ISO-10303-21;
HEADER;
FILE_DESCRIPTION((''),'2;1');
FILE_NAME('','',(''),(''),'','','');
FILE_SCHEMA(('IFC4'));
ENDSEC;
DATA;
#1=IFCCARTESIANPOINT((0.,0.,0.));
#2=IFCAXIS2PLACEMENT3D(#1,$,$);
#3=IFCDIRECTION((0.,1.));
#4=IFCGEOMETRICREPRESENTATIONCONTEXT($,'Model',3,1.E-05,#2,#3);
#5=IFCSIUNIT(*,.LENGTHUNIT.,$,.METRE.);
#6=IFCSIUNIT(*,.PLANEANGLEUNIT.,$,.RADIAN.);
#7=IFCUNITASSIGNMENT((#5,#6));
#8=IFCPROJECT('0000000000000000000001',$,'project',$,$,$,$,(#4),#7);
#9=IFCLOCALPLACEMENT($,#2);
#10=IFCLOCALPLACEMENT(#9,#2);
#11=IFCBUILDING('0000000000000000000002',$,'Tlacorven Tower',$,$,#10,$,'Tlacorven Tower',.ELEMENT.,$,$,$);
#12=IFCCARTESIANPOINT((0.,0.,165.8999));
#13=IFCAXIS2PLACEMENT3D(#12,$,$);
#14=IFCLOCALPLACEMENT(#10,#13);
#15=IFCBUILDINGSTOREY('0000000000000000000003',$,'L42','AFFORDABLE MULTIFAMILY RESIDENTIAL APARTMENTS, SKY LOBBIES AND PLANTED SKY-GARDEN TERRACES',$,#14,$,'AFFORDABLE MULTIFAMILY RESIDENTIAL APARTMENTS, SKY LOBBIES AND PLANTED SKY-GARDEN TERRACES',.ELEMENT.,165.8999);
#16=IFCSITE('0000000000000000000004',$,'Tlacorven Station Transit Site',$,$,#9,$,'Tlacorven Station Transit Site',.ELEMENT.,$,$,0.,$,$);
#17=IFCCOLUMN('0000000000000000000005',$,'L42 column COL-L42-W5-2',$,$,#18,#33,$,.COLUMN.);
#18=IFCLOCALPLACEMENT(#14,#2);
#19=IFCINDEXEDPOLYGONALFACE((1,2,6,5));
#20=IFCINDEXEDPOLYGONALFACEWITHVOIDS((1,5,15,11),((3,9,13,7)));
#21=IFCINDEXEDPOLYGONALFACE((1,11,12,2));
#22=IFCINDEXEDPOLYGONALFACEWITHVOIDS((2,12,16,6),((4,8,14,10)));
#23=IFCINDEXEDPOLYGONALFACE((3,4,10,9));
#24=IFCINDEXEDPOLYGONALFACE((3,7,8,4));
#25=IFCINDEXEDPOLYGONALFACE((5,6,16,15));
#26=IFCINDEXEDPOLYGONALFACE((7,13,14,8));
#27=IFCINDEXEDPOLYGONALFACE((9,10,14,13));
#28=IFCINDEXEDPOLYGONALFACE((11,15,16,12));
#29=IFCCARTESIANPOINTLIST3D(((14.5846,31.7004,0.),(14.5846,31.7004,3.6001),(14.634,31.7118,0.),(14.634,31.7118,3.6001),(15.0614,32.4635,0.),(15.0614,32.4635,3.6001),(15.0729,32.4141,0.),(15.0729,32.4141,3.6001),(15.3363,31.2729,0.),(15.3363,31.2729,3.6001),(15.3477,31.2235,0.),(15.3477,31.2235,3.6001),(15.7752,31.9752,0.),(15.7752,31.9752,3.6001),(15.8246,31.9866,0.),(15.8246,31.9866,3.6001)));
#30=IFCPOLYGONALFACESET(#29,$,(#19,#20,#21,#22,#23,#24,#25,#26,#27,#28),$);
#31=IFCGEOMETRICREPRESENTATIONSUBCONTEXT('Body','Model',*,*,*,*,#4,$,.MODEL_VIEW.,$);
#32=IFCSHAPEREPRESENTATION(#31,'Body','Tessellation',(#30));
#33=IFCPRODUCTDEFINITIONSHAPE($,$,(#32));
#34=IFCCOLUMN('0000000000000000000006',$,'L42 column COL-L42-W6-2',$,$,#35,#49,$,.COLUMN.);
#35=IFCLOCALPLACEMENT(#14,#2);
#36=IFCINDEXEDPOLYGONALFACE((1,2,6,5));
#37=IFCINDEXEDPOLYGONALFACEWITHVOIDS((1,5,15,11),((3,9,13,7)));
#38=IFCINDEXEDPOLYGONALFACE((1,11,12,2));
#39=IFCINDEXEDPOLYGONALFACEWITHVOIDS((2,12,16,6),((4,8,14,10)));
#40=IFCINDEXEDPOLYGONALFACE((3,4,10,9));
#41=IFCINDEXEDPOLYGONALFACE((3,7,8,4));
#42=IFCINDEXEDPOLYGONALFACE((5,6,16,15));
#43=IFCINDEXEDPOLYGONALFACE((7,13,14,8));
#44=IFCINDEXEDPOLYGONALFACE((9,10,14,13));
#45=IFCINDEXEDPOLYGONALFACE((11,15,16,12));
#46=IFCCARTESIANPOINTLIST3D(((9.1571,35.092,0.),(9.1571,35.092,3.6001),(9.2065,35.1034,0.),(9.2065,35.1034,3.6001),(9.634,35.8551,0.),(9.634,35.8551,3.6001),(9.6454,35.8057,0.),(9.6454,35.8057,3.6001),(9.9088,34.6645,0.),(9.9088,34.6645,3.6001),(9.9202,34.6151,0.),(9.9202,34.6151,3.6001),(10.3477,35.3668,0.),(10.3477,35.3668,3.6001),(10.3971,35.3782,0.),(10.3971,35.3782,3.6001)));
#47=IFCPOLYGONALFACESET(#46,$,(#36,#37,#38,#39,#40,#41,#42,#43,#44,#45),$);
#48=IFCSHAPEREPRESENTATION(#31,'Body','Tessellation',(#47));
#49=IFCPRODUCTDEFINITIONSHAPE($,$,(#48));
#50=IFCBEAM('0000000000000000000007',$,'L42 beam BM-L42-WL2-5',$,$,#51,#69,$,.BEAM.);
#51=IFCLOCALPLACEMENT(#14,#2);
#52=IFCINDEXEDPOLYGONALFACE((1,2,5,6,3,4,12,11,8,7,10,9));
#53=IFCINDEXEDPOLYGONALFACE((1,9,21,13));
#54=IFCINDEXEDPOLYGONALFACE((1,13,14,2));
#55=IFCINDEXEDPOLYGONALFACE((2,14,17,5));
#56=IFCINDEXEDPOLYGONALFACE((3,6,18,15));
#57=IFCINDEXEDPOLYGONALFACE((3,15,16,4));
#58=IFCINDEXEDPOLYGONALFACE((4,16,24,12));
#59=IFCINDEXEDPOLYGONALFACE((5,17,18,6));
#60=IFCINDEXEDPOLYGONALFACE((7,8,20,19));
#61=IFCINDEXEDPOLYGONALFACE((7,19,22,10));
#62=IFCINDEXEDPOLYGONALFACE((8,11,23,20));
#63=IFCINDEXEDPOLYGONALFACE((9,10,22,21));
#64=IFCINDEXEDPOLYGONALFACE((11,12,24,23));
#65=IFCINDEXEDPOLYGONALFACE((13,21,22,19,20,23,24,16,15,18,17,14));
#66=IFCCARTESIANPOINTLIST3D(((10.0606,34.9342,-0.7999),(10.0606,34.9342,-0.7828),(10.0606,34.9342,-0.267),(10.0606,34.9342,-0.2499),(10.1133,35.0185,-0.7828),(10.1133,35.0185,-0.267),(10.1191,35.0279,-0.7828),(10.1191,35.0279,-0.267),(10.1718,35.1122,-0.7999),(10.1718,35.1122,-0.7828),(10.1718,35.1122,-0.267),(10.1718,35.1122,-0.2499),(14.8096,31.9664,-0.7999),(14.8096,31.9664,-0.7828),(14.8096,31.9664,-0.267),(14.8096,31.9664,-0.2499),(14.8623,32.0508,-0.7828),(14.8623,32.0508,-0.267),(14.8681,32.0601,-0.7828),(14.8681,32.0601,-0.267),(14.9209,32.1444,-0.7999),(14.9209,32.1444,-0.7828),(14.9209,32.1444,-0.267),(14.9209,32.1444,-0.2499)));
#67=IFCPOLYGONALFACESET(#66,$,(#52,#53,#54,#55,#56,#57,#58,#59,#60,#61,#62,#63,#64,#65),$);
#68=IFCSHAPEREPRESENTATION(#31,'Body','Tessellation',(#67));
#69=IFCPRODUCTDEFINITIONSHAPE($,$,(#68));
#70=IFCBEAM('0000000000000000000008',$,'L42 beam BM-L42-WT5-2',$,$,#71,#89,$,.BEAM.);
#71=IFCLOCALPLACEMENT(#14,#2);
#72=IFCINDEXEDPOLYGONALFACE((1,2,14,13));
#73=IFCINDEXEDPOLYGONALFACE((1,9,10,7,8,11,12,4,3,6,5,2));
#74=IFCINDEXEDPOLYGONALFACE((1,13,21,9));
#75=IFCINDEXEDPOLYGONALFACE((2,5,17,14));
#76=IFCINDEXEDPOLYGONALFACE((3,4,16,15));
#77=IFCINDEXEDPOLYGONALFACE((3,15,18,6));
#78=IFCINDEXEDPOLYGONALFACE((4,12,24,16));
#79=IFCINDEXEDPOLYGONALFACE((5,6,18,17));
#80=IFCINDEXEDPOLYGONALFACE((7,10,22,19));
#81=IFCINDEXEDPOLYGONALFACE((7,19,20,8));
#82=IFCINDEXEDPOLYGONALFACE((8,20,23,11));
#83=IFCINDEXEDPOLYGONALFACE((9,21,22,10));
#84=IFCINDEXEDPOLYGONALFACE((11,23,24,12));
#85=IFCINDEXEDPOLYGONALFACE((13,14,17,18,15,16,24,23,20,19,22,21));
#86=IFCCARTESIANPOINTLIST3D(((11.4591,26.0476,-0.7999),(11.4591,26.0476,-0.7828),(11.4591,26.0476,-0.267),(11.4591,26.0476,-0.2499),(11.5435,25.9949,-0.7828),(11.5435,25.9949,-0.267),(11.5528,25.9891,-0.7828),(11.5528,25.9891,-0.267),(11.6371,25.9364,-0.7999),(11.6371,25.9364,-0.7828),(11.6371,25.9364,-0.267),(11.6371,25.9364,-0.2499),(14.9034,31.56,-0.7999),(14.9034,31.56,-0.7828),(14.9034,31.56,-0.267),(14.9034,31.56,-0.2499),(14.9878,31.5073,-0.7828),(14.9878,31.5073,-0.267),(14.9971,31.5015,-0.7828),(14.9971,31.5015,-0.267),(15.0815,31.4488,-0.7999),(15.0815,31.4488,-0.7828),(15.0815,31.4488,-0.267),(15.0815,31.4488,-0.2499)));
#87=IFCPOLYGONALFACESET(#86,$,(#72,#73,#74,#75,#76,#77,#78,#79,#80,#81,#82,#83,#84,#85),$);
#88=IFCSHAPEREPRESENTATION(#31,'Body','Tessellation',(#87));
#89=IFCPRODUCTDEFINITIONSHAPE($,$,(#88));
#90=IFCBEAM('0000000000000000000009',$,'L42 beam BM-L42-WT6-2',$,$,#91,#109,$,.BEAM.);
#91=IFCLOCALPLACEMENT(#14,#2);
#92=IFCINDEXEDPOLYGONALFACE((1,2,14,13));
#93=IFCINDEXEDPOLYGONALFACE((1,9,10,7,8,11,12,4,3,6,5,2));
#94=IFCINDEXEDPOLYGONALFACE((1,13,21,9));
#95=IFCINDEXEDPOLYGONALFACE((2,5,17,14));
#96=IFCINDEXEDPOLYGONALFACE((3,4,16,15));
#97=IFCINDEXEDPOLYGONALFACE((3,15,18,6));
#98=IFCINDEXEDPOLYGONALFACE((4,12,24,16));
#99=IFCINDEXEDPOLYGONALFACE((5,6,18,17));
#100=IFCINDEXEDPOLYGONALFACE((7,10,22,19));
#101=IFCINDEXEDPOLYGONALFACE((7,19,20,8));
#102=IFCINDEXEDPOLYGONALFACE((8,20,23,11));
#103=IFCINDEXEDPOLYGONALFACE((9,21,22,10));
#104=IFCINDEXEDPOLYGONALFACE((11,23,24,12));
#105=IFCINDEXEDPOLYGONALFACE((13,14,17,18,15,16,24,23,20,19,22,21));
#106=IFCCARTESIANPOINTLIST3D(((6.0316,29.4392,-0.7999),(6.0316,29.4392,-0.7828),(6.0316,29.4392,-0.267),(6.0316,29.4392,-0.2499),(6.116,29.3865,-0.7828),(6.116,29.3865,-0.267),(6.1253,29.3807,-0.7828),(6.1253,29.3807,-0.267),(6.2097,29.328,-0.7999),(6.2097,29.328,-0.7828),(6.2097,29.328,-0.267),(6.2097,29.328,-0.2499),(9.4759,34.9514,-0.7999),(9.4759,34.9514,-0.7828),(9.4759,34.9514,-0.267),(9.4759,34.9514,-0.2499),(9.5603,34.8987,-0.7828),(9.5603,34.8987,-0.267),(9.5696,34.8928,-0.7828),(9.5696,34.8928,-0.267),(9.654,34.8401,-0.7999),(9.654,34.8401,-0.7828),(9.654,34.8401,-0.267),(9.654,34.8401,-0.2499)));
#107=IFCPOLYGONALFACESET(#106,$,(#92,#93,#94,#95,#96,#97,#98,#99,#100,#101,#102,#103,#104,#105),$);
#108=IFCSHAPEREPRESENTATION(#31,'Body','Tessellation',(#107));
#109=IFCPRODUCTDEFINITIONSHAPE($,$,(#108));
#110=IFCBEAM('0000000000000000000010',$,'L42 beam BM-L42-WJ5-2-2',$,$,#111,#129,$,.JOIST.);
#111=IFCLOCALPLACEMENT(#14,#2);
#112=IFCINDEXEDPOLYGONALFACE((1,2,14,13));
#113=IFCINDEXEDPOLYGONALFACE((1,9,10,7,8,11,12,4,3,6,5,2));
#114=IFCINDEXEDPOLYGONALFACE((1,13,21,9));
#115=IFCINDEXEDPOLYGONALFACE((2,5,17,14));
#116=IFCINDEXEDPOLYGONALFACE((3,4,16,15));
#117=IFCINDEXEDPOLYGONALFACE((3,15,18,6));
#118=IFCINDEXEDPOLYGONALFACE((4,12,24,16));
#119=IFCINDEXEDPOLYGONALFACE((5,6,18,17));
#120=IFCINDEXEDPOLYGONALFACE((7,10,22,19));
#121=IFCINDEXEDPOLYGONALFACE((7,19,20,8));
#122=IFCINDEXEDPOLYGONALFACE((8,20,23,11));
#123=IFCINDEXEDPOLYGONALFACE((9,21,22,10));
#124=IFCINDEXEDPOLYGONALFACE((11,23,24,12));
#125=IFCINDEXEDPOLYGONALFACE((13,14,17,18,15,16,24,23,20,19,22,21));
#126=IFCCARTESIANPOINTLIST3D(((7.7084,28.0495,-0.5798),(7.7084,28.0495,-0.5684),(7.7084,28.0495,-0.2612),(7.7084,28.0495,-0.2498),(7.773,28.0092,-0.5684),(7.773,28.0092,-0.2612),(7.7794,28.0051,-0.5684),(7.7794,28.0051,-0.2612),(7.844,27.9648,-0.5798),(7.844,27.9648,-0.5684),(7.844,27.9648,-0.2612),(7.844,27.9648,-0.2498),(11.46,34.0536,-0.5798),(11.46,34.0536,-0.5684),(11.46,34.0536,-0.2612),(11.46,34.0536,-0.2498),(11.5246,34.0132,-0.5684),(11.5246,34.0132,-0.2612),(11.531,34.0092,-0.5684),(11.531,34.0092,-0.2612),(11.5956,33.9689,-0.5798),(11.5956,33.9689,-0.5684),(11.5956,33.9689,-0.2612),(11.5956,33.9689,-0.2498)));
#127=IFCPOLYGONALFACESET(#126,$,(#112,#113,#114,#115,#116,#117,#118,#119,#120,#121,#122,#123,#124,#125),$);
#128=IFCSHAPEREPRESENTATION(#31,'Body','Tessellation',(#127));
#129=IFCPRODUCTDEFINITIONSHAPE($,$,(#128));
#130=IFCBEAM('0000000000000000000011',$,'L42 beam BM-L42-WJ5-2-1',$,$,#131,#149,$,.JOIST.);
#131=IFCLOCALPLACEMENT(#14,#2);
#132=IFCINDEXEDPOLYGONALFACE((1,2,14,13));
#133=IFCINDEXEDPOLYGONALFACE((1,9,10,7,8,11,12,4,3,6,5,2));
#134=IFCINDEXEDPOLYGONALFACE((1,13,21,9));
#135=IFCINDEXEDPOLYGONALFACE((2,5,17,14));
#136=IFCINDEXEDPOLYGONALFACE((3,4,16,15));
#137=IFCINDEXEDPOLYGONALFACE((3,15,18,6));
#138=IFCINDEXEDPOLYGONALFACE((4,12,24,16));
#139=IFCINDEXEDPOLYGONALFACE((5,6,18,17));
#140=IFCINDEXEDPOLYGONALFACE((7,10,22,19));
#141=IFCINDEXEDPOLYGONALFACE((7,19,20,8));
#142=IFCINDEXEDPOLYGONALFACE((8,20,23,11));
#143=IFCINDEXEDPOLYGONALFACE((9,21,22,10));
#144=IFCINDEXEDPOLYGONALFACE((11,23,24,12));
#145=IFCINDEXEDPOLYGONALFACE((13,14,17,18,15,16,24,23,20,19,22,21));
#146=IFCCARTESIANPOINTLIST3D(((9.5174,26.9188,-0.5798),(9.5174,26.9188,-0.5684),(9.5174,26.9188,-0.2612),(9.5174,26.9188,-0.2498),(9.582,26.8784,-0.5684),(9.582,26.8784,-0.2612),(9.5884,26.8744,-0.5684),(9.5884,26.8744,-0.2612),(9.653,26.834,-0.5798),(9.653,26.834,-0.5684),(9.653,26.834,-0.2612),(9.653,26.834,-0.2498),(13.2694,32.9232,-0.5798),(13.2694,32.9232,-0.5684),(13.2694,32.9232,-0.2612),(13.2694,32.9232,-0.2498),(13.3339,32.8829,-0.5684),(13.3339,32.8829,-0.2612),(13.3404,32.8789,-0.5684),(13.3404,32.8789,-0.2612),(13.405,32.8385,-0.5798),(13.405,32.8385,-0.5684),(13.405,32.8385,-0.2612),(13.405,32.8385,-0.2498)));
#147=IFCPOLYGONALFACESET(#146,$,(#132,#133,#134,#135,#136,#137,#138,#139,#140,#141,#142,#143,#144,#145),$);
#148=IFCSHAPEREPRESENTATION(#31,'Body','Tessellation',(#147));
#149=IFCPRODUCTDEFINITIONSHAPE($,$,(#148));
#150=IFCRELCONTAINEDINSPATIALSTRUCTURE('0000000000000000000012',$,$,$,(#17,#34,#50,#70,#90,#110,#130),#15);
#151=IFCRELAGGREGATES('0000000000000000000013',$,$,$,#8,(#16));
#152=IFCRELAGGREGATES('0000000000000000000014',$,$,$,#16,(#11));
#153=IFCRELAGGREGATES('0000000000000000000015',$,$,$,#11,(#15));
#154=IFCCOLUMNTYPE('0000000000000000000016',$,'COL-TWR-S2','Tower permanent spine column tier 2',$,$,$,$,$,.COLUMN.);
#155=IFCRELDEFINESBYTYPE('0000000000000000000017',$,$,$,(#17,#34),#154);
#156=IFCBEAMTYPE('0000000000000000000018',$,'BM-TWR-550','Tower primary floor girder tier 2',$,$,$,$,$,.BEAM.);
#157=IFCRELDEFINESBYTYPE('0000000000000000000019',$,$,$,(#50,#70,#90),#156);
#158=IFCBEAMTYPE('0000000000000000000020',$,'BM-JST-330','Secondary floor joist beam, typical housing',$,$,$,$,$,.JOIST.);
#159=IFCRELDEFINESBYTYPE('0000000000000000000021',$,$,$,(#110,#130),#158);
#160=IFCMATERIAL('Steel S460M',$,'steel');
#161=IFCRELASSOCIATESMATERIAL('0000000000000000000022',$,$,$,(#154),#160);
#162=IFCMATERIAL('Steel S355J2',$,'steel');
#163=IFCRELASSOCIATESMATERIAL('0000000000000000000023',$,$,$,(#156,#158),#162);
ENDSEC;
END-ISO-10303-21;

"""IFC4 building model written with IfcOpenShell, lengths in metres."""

from ifc_helpers import new_model, si_unit, direction, frame, origin, origin_2d, place, context, subcontext, project, spatial, hollow_rectangle, i_section, extrude, source, transform, mapped, material, material_profile, profile_set, type_object, element, save


model = new_model("IFC4")

# Units and contexts
model_context = context("Model", 3, precision=1e-05, world=origin(), true_north=direction((0.0, 1.0)))
body_context = subcontext(model_context, "Body", "Model", "MODEL_VIEW")
ifc_project = project(units=[si_unit("LENGTHUNIT", "METRE"), si_unit("PLANEANGLEUNIT", "RADIAN")], contexts=[model_context])

# Site, building, storey
site_placement = place(None, origin())
site = spatial("IfcSite", under=ifc_project, at=site_placement, Name="Tlacorven Station Transit Site", LongName="Tlacorven Station Transit Site", CompositionType="ELEMENT", RefElevation=0.0)
building_placement = place(site_placement, origin())
building = spatial("IfcBuilding", under=site, at=building_placement, Name="Tlacorven Tower", LongName="Tlacorven Tower", CompositionType="ELEMENT")
storey_placement = place(building_placement, frame((0.0, 0.0, 165.8999)))
storey = spatial("IfcBuildingStorey", under=building, at=storey_placement, Name="L42", Description="AFFORDABLE MULTIFAMILY RESIDENTIAL APARTMENTS, SKY LOBBIES AND PLANTED SKY-GARDEN TERRACES", LongName="AFFORDABLE MULTIFAMILY RESIDENTIAL APARTMENTS, SKY LOBBIES AND PLANTED SKY-GARDEN TERRACES", CompositionType="ELEMENT", Elevation=165.8999)

# Columns
ifc_material_1 = material(Name="Steel S460M", Category="steel")
ifc_material_profile_1 = material_profile(ifc_material_1, hollow_rectangle(XDim=0.8999, YDim=0.8999, WallThickness=0.0359, at=origin_2d()), Name="BOX 900X900X36")
ifc_profile_set_1 = profile_set([ifc_material_profile_1], Name="Steel S460M")
column_type = type_object("IfcColumnType", Name="COL-TWR-S2", Description="Tower permanent spine column tier 2", PredefinedType="COLUMN", material=ifc_profile_set_1)
shared_shape_1 = source(origin(), body_context, "Body", "SweptSolid", [
    extrude(hollow_rectangle(XDim=0.8999, YDim=0.8999, WallThickness=0.0359, at=origin_2d()), origin(), (0.0, 0.0, 1.0), 3.6001),
])
for number, where, z_axis, x_axis, name in (
    (1, (15.2046, 31.8435, 0.0), (0.0, 0.0, 1.0), (-0.848048, 0.529919, 0.0), "L42 column COL-L42-W5-2"),
    (2, (9.7771, 35.2351, 0.0), (0.0, 0.0, 1.0), (-0.848048, 0.529919, 0.0), "L42 column COL-L42-W6-2"),
):
    element("IfcColumn", number, at=place(storey_placement, frame(where, z_axis=z_axis, x_axis=x_axis)), inside=storey, type_object=column_type, Name=name, PredefinedType="COLUMN", context=body_context, shape_type="MappedRepresentation", body=[
        mapped(shared_shape_1, transform((0.0, 0.0, 0.0), scale=1.0)),
    ])

# Beams
ifc_material_2 = material(Name="Steel S355J2", Category="steel")
ifc_material_profile_2 = material_profile(ifc_material_2, i_section(OverallWidth=0.21, OverallDepth=0.55, WebThickness=0.011, FlangeThickness=0.0171, at=origin_2d()), Name="IPE 550")
ifc_profile_set_2 = profile_set([ifc_material_profile_2], Name="Steel S355J2")
beam_type_1 = type_object("IfcBeamType", Name="BM-TWR-550", Description="Tower primary floor girder tier 2", PredefinedType="BEAM", material=ifc_profile_set_2)
shared_shape_2 = source(origin(), body_context, "Body", "SweptSolid", [
    extrude(i_section(OverallWidth=0.21, OverallDepth=0.55, WebThickness=0.011, FlangeThickness=0.0171, at=origin_2d()), origin(), (0.0, 0.0, 1.0), 5.6001),
])
beam_1_placement = place(storey_placement, frame((14.8652, 32.0554, -0.5249), z_axis=(-0.848028, 0.529952, 0.0), x_axis=(-0.529952, -0.848028, 0.0)))
element("IfcBeam", 3, at=beam_1_placement, inside=storey, type_object=beam_type_1, Name="L42 beam BM-L42-WL2-5", PredefinedType="BEAM", context=body_context, shape_type="MappedRepresentation", body=[
    mapped(shared_shape_2, transform((0.0, 0.0, 0.0), scale=1.0)),
])
shared_shape_3 = source(origin(), body_context, "Body", "SweptSolid", [
    extrude(i_section(OverallWidth=0.21, OverallDepth=0.55, WebThickness=0.011, FlangeThickness=0.0171, at=origin_2d()), origin(), (0.0, 0.0, 1.0), 6.5),
])
beam_2_placement = place(storey_placement, frame((14.9924, 31.5044, -0.5249), z_axis=(-0.529894, -0.848064, 0.0), x_axis=(0.848064, -0.529894, 0.0)))
element("IfcBeam", 4, at=beam_2_placement, inside=storey, type_object=beam_type_1, Name="L42 beam BM-L42-WT5-2", PredefinedType="BEAM", context=body_context, shape_type="MappedRepresentation", body=[
    mapped(shared_shape_3, transform((0.0, 0.0, 0.0), scale=1.0)),
])
shared_shape_4 = source(origin(), body_context, "Body", "SweptSolid", [
    extrude(i_section(OverallWidth=0.21, OverallDepth=0.55, WebThickness=0.011, FlangeThickness=0.0171, at=origin_2d()), origin(), (0.0, 0.0, 1.0), 6.4998),
])
beam_3_placement = place(storey_placement, frame((9.5649, 34.8958, -0.5249), z_axis=(-0.529911, -0.848053, 0.0), x_axis=(0.848053, -0.529911, 0.0)))
element("IfcBeam", 5, at=beam_3_placement, inside=storey, type_object=beam_type_1, Name="L42 beam BM-L42-WT6-2", PredefinedType="BEAM", context=body_context, shape_type="MappedRepresentation", body=[
    mapped(shared_shape_4, transform((0.0, 0.0, 0.0), scale=1.0)),
])
ifc_material_profile_3 = material_profile(ifc_material_2, i_section(OverallWidth=0.1599, OverallDepth=0.3301, WebThickness=0.0076, FlangeThickness=0.0115, at=origin_2d()), Name="IPE 330")
ifc_profile_set_3 = profile_set([ifc_material_profile_3], Name="Steel S355J2")
beam_type_2 = type_object("IfcBeamType", Name="BM-JST-330", Description="Secondary floor joist beam, typical housing", PredefinedType="JOIST", material=ifc_profile_set_3)
shared_shape_5 = source(origin(), body_context, "Body", "SweptSolid", [
    extrude(i_section(OverallWidth=0.1599, OverallDepth=0.3301, WebThickness=0.0076, FlangeThickness=0.0115, at=origin_2d()), origin(), (0.0, 0.0, 1.0), 7.0798),
])
beam_4_placement = place(storey_placement, frame((11.5278, 34.0112, -0.4148), z_axis=(-0.529909, -0.848054, 0.0), x_axis=(0.848054, -0.529909, 0.0)))
element("IfcBeam", 6, at=beam_4_placement, inside=storey, type_object=beam_type_2, Name="L42 beam BM-L42-WJ5-2-2", PredefinedType="JOIST", context=body_context, shape_type="MappedRepresentation", body=[
    mapped(shared_shape_5, transform((0.0, 0.0, 0.0), scale=1.0)),
])
shared_shape_6 = source(origin(), body_context, "Body", "SweptSolid", [
    extrude(i_section(OverallWidth=0.1599, OverallDepth=0.3301, WebThickness=0.0076, FlangeThickness=0.0115, at=origin_2d()), origin(), (0.0, 0.0, 1.0), 7.0803),
])
beam_5_placement = place(storey_placement, frame((13.3372, 32.8809, -0.4148), z_axis=(-0.529918, -0.848049, 0.0), x_axis=(0.848049, -0.529918, 0.0)))
element("IfcBeam", 7, at=beam_5_placement, inside=storey, type_object=beam_type_2, Name="L42 beam BM-L42-WJ5-2-1", PredefinedType="JOIST", context=body_context, shape_type="MappedRepresentation", body=[
    mapped(shared_shape_6, transform((0.0, 0.0, 0.0), scale=1.0)),
])

save(model, "model.ifc")
